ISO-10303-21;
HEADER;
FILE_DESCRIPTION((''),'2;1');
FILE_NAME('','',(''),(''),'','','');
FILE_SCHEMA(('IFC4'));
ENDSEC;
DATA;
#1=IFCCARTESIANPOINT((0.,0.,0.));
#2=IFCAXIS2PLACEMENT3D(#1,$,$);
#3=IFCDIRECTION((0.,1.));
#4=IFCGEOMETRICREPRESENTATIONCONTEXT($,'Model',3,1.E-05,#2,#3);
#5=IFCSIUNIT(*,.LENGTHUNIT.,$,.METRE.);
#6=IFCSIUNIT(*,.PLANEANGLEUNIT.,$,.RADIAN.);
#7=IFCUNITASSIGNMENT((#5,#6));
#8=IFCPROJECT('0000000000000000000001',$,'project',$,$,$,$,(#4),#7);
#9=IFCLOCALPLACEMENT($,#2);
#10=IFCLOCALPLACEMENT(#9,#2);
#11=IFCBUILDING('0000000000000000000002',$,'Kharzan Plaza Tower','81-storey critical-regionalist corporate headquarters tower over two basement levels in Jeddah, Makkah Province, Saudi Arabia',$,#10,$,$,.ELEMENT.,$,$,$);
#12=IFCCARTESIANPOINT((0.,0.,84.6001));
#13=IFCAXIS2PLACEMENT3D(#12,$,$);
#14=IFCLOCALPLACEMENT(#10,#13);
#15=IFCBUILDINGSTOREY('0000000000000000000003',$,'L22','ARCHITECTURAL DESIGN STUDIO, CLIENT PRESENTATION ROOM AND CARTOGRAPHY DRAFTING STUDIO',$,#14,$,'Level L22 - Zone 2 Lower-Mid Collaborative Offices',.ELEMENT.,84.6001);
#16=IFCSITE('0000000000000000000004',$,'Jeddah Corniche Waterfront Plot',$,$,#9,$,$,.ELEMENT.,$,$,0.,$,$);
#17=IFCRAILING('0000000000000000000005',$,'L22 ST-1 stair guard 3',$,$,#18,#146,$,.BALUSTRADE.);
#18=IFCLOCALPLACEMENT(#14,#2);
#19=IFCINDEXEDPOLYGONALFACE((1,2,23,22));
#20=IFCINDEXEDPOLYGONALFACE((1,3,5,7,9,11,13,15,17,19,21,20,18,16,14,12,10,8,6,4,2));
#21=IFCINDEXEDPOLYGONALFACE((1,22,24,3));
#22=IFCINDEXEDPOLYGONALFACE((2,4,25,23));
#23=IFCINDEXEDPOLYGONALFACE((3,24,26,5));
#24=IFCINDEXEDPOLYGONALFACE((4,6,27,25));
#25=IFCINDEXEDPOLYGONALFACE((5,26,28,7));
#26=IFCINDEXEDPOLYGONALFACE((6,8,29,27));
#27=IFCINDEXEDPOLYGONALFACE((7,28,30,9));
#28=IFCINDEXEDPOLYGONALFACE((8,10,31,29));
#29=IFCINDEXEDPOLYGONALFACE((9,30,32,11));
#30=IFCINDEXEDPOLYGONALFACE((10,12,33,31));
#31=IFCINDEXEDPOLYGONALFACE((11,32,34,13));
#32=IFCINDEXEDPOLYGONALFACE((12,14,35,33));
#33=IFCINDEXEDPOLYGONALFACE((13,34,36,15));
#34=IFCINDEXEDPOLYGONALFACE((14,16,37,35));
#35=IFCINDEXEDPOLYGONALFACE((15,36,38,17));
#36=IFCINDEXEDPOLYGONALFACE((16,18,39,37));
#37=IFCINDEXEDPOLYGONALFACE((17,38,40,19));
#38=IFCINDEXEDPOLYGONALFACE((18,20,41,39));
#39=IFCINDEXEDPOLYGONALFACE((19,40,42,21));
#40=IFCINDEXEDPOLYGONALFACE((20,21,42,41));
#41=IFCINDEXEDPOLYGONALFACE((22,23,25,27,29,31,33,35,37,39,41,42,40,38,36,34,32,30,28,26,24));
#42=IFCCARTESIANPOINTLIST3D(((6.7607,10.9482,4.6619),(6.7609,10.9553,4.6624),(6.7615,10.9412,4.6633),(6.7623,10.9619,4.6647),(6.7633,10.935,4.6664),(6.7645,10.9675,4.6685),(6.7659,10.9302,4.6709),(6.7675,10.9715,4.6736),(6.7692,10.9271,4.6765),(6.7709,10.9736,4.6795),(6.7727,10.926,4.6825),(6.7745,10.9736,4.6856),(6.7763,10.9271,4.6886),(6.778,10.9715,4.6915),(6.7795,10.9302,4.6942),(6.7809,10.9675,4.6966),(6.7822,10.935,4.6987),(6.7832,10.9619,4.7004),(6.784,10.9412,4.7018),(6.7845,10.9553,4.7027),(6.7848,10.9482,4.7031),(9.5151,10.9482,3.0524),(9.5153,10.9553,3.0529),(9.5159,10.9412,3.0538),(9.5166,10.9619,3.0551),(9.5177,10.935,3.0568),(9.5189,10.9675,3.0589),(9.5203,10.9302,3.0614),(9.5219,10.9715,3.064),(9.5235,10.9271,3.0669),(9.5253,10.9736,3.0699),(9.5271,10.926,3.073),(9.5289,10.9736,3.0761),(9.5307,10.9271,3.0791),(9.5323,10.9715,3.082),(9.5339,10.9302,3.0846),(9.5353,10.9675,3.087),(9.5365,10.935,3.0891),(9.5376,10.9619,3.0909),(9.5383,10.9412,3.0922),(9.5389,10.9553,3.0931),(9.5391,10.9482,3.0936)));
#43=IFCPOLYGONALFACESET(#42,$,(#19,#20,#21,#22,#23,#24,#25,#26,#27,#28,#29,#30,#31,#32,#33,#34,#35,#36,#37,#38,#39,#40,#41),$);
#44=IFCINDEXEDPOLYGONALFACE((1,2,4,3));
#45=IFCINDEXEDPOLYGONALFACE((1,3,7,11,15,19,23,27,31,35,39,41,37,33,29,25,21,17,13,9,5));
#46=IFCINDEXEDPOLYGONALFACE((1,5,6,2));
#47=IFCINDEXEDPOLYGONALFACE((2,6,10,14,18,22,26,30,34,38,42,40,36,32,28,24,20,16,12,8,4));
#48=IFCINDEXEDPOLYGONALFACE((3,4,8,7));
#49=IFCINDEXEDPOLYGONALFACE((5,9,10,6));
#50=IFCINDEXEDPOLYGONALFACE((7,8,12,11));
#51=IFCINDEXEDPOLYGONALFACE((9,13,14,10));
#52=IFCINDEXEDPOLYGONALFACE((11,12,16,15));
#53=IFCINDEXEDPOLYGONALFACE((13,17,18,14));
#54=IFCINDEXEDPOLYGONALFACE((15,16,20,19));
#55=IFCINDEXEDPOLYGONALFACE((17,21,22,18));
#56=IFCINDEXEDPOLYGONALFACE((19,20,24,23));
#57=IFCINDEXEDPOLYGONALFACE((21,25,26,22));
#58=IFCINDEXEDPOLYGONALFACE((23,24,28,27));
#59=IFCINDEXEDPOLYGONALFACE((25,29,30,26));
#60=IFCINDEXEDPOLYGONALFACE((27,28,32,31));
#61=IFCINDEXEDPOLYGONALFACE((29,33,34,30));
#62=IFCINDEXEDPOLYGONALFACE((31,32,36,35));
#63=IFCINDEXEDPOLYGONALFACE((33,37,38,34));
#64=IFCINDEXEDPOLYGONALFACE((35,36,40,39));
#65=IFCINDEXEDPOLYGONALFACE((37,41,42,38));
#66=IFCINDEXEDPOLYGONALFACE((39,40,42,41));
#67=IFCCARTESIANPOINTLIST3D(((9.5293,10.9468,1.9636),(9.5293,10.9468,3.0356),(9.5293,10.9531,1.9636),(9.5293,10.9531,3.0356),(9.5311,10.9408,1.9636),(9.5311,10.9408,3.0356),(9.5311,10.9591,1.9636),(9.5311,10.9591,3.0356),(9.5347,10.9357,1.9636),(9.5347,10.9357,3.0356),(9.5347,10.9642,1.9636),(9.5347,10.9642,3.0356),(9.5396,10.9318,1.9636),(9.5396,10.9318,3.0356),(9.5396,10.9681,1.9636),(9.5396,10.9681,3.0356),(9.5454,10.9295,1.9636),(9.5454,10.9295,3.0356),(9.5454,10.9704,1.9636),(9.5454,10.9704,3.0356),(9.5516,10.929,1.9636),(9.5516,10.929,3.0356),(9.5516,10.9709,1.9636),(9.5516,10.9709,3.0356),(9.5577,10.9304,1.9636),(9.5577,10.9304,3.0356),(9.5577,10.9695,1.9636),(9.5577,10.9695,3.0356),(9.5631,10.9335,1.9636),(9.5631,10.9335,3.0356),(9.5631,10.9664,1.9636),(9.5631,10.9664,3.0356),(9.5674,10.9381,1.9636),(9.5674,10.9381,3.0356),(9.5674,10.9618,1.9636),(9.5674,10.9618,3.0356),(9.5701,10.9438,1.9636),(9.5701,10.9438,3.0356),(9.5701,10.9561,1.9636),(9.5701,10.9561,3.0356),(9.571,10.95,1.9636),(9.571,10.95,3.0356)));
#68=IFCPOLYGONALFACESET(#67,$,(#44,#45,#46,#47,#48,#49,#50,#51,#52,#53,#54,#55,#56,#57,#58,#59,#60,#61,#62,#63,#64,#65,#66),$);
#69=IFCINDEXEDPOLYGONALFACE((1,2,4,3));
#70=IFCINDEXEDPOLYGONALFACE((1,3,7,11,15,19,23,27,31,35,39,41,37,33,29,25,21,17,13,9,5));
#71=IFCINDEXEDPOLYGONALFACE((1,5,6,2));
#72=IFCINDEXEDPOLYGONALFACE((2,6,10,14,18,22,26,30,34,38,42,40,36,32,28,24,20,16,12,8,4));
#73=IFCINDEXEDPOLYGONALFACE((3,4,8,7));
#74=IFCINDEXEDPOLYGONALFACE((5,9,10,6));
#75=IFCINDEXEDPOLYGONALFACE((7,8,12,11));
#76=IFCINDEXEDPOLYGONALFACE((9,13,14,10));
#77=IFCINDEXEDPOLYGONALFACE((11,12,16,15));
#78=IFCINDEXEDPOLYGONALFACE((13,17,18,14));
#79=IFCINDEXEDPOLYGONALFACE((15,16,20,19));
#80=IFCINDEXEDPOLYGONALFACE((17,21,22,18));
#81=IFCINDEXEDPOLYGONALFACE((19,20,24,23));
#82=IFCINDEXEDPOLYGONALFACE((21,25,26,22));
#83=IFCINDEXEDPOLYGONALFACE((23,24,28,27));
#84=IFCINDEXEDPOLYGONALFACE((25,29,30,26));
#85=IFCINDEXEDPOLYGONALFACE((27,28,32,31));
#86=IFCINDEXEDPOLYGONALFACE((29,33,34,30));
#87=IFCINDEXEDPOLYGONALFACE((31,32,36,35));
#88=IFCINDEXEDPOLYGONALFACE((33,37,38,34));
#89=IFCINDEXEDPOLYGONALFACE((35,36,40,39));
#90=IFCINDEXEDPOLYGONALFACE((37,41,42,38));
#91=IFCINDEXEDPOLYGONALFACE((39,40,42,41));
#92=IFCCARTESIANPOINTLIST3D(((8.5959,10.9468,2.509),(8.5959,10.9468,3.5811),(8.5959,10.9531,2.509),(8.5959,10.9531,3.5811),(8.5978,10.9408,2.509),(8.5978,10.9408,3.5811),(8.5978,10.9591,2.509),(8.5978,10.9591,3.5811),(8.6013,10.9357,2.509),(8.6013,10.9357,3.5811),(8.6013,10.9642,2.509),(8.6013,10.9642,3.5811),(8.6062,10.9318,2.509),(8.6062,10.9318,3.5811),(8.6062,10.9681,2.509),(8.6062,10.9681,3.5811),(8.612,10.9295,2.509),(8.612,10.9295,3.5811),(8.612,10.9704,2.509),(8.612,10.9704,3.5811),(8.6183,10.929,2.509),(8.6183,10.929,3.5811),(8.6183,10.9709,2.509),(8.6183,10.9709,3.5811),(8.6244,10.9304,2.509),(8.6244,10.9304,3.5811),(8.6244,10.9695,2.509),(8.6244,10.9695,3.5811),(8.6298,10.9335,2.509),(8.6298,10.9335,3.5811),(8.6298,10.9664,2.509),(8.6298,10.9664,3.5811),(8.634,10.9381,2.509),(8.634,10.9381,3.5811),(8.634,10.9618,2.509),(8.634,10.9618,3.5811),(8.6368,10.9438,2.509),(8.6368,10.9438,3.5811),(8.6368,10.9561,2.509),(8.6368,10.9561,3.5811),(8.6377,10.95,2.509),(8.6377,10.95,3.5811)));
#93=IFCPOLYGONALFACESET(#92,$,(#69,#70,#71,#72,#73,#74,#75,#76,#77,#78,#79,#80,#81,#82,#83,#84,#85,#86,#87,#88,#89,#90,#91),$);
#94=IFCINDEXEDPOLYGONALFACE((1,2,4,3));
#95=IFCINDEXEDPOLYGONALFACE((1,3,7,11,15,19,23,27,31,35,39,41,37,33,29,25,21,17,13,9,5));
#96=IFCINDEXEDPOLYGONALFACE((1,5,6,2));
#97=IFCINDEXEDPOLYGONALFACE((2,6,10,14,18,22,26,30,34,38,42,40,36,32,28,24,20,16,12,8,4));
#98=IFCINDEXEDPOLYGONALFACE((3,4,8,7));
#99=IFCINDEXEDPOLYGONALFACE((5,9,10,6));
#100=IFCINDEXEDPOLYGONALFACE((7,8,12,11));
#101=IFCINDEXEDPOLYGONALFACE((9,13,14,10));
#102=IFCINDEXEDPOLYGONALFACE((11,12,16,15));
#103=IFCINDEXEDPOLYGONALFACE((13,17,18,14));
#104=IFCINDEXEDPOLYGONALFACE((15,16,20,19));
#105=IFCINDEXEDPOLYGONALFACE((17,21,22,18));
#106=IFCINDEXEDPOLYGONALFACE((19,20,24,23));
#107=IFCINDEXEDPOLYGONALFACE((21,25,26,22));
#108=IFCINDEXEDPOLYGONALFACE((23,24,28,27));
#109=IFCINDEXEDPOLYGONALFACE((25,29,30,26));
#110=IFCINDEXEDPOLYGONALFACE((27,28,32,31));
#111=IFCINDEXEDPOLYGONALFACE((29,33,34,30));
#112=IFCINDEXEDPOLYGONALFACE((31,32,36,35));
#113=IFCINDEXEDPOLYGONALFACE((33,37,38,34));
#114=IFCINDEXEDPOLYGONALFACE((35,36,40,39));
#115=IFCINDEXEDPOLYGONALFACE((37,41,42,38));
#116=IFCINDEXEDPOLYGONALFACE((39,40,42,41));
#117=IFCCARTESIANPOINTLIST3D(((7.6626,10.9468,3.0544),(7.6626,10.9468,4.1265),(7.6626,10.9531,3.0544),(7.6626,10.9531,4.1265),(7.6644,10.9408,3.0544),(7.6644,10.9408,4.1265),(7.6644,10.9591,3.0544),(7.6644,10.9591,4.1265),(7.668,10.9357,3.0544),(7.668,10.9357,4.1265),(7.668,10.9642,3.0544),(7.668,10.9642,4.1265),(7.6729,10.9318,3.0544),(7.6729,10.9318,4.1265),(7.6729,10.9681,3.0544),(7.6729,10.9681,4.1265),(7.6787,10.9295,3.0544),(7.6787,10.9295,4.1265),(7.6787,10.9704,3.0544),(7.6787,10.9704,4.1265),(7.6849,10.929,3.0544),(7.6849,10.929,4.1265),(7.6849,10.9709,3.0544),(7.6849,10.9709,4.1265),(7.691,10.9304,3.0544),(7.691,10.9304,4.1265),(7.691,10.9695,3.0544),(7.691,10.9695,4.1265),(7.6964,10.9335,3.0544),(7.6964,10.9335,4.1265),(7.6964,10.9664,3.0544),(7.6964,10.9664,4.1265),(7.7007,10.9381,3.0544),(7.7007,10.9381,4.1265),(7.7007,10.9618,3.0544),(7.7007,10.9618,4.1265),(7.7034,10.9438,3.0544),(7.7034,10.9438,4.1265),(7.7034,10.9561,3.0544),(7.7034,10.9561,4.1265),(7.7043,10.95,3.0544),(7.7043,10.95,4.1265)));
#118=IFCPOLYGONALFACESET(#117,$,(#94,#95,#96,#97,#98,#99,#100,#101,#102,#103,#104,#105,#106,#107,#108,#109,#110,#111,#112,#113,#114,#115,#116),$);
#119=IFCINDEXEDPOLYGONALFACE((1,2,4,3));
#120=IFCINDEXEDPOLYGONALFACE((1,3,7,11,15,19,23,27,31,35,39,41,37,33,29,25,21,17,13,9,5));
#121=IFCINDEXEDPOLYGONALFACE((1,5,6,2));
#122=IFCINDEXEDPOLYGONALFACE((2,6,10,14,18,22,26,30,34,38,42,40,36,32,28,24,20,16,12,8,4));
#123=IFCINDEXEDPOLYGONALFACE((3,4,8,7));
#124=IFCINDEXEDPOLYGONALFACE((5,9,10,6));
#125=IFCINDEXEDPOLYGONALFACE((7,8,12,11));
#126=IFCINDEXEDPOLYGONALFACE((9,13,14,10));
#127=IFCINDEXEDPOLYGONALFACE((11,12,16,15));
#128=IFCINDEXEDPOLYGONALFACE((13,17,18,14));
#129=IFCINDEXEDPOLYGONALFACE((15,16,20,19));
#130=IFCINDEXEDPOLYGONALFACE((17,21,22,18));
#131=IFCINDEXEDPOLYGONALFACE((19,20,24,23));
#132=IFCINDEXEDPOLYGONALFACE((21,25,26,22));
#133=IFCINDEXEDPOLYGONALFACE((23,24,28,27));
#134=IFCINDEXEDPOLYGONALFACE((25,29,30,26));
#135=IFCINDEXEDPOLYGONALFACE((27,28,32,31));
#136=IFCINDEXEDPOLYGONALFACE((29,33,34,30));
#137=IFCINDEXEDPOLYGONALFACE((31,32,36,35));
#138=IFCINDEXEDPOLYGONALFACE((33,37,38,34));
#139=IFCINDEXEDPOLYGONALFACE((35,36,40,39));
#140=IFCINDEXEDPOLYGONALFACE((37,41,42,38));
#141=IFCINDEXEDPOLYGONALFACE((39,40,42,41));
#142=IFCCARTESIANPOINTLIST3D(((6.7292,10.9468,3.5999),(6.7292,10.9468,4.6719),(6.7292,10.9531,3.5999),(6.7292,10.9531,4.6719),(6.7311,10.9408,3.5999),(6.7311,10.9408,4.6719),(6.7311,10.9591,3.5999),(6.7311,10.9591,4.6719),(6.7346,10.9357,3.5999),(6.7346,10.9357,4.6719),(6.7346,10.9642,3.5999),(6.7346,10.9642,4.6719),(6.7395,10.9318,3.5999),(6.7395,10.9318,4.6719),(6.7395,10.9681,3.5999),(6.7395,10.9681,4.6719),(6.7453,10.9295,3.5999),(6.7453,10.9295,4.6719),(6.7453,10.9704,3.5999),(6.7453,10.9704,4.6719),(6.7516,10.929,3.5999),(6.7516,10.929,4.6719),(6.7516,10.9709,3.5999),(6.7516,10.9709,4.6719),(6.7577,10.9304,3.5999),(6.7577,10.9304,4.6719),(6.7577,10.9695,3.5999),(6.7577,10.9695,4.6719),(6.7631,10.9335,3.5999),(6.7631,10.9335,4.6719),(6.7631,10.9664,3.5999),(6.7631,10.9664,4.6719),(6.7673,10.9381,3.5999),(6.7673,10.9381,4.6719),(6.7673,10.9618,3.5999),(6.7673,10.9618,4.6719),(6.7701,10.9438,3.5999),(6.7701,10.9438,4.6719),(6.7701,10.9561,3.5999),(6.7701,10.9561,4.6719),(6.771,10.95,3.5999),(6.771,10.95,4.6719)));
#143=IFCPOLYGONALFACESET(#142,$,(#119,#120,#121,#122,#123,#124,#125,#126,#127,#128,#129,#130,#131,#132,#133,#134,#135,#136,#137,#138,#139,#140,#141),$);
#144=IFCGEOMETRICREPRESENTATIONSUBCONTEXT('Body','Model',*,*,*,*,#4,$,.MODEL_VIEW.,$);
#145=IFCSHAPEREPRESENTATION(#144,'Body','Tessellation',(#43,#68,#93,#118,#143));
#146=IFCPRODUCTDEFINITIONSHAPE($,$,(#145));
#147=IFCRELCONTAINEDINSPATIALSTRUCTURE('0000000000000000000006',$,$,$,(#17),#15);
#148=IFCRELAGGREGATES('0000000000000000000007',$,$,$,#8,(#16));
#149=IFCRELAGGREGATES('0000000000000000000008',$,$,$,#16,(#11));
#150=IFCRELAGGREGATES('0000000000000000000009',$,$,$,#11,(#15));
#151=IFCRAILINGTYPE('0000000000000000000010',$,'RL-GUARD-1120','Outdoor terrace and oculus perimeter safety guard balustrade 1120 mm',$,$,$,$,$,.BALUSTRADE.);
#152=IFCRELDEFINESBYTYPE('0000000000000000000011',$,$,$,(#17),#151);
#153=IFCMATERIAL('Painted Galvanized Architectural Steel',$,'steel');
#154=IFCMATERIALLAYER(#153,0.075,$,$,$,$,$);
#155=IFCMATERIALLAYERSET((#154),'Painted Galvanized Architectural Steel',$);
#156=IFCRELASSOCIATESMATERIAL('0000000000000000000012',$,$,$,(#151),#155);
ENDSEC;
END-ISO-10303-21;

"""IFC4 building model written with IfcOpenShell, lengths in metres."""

from ifc_helpers import new_model, si_unit, direction, frame, origin, origin_2d, place, context, subcontext, project, spatial, circle, extrude, source, transform, mapped, material, layer, layer_set, type_object, element, save


model = new_model("IFC4")

# Units and contexts
model_context = context("Model", 3, precision=1e-05, world=origin(), true_north=direction((0.0, 1.0)))
body_context = subcontext(model_context, "Body", "Model", "MODEL_VIEW")
ifc_project = project(units=[si_unit("LENGTHUNIT", "METRE"), si_unit("PLANEANGLEUNIT", "RADIAN")], contexts=[model_context])

# Site, building, storey
site_placement = place(None, origin())
site = spatial("IfcSite", under=ifc_project, at=site_placement, Name="Jeddah Corniche Waterfront Plot", CompositionType="ELEMENT", RefElevation=0.0)
building_placement = place(site_placement, origin())
building = spatial("IfcBuilding", under=site, at=building_placement, Name="Kharzan Plaza Tower", Description="81-storey critical-regionalist corporate headquarters tower over two basement levels in Jeddah, Makkah Province, Saudi Arabia", CompositionType="ELEMENT")
storey_placement = place(building_placement, frame((0.0, 0.0, 84.6001)))
storey = spatial("IfcBuildingStorey", under=building, at=storey_placement, Name="L22", Description="ARCHITECTURAL DESIGN STUDIO, CLIENT PRESENTATION ROOM AND CARTOGRAPHY DRAFTING STUDIO", LongName="Level L22 - Zone 2 Lower-Mid Collaborative Offices", CompositionType="ELEMENT", Elevation=84.6001)

# Railing
ifc_material_1 = material(Name="Painted Galvanized Architectural Steel", Category="steel")
ifc_layer_1 = layer(ifc_material_1, 0.075)
ifc_layer_set_1 = layer_set([ifc_layer_1], Name="Painted Galvanized Architectural Steel")
railing_type = type_object("IfcRailingType", Name="RL-GUARD-1120", Description="Outdoor terrace and oculus perimeter safety guard balustrade 1120 mm", PredefinedType="BALUSTRADE", material=ifc_layer_set_1)
shared_shape_1 = source(origin(), body_context, "Body", "SweptSolid", [
    extrude(circle(Radius=0.0239, at=origin_2d()), frame((-0.0229, 0.0, 1.1094), z_axis=(-0.863394, 0.0, 0.504531), x_axis=(0.0, -1.0, 0.0)), (0.0, 0.0, 1.0), 3.1902),
    extrude(circle(Radius=0.021, at=origin_2d()), origin(), (0.0, 0.0, 1.0), 1.072),
    extrude(circle(Radius=0.021, at=origin_2d()), frame((-0.9333, 0.0, 0.5454)), (0.0, 0.0, 1.0), 1.072),
    extrude(circle(Radius=0.021, at=origin_2d()), frame((-1.8667, 0.0, 1.0908)), (0.0, 0.0, 1.0), 1.072),
    extrude(circle(Radius=0.021, at=origin_2d()), frame((-2.8, 0.0, 1.6362)), (0.0, 0.0, 1.0), 1.072),
])
railing_placement = place(storey_placement, frame((9.55, 10.95, 1.9636)))
element("IfcRailing", 1, at=railing_placement, inside=storey, type_object=railing_type, Name="L22 ST-1 stair guard 3", PredefinedType="BALUSTRADE", context=body_context, shape_type="MappedRepresentation", body=[
    mapped(shared_shape_1, transform((0.0, 0.0, 0.0), x_axis=(1.0, 0.0, 0.0), y_axis=(0.0, 1.0, 0.0), z_axis=(0.0, 0.0, 1.0))),
])

save(model, "model.ifc")
